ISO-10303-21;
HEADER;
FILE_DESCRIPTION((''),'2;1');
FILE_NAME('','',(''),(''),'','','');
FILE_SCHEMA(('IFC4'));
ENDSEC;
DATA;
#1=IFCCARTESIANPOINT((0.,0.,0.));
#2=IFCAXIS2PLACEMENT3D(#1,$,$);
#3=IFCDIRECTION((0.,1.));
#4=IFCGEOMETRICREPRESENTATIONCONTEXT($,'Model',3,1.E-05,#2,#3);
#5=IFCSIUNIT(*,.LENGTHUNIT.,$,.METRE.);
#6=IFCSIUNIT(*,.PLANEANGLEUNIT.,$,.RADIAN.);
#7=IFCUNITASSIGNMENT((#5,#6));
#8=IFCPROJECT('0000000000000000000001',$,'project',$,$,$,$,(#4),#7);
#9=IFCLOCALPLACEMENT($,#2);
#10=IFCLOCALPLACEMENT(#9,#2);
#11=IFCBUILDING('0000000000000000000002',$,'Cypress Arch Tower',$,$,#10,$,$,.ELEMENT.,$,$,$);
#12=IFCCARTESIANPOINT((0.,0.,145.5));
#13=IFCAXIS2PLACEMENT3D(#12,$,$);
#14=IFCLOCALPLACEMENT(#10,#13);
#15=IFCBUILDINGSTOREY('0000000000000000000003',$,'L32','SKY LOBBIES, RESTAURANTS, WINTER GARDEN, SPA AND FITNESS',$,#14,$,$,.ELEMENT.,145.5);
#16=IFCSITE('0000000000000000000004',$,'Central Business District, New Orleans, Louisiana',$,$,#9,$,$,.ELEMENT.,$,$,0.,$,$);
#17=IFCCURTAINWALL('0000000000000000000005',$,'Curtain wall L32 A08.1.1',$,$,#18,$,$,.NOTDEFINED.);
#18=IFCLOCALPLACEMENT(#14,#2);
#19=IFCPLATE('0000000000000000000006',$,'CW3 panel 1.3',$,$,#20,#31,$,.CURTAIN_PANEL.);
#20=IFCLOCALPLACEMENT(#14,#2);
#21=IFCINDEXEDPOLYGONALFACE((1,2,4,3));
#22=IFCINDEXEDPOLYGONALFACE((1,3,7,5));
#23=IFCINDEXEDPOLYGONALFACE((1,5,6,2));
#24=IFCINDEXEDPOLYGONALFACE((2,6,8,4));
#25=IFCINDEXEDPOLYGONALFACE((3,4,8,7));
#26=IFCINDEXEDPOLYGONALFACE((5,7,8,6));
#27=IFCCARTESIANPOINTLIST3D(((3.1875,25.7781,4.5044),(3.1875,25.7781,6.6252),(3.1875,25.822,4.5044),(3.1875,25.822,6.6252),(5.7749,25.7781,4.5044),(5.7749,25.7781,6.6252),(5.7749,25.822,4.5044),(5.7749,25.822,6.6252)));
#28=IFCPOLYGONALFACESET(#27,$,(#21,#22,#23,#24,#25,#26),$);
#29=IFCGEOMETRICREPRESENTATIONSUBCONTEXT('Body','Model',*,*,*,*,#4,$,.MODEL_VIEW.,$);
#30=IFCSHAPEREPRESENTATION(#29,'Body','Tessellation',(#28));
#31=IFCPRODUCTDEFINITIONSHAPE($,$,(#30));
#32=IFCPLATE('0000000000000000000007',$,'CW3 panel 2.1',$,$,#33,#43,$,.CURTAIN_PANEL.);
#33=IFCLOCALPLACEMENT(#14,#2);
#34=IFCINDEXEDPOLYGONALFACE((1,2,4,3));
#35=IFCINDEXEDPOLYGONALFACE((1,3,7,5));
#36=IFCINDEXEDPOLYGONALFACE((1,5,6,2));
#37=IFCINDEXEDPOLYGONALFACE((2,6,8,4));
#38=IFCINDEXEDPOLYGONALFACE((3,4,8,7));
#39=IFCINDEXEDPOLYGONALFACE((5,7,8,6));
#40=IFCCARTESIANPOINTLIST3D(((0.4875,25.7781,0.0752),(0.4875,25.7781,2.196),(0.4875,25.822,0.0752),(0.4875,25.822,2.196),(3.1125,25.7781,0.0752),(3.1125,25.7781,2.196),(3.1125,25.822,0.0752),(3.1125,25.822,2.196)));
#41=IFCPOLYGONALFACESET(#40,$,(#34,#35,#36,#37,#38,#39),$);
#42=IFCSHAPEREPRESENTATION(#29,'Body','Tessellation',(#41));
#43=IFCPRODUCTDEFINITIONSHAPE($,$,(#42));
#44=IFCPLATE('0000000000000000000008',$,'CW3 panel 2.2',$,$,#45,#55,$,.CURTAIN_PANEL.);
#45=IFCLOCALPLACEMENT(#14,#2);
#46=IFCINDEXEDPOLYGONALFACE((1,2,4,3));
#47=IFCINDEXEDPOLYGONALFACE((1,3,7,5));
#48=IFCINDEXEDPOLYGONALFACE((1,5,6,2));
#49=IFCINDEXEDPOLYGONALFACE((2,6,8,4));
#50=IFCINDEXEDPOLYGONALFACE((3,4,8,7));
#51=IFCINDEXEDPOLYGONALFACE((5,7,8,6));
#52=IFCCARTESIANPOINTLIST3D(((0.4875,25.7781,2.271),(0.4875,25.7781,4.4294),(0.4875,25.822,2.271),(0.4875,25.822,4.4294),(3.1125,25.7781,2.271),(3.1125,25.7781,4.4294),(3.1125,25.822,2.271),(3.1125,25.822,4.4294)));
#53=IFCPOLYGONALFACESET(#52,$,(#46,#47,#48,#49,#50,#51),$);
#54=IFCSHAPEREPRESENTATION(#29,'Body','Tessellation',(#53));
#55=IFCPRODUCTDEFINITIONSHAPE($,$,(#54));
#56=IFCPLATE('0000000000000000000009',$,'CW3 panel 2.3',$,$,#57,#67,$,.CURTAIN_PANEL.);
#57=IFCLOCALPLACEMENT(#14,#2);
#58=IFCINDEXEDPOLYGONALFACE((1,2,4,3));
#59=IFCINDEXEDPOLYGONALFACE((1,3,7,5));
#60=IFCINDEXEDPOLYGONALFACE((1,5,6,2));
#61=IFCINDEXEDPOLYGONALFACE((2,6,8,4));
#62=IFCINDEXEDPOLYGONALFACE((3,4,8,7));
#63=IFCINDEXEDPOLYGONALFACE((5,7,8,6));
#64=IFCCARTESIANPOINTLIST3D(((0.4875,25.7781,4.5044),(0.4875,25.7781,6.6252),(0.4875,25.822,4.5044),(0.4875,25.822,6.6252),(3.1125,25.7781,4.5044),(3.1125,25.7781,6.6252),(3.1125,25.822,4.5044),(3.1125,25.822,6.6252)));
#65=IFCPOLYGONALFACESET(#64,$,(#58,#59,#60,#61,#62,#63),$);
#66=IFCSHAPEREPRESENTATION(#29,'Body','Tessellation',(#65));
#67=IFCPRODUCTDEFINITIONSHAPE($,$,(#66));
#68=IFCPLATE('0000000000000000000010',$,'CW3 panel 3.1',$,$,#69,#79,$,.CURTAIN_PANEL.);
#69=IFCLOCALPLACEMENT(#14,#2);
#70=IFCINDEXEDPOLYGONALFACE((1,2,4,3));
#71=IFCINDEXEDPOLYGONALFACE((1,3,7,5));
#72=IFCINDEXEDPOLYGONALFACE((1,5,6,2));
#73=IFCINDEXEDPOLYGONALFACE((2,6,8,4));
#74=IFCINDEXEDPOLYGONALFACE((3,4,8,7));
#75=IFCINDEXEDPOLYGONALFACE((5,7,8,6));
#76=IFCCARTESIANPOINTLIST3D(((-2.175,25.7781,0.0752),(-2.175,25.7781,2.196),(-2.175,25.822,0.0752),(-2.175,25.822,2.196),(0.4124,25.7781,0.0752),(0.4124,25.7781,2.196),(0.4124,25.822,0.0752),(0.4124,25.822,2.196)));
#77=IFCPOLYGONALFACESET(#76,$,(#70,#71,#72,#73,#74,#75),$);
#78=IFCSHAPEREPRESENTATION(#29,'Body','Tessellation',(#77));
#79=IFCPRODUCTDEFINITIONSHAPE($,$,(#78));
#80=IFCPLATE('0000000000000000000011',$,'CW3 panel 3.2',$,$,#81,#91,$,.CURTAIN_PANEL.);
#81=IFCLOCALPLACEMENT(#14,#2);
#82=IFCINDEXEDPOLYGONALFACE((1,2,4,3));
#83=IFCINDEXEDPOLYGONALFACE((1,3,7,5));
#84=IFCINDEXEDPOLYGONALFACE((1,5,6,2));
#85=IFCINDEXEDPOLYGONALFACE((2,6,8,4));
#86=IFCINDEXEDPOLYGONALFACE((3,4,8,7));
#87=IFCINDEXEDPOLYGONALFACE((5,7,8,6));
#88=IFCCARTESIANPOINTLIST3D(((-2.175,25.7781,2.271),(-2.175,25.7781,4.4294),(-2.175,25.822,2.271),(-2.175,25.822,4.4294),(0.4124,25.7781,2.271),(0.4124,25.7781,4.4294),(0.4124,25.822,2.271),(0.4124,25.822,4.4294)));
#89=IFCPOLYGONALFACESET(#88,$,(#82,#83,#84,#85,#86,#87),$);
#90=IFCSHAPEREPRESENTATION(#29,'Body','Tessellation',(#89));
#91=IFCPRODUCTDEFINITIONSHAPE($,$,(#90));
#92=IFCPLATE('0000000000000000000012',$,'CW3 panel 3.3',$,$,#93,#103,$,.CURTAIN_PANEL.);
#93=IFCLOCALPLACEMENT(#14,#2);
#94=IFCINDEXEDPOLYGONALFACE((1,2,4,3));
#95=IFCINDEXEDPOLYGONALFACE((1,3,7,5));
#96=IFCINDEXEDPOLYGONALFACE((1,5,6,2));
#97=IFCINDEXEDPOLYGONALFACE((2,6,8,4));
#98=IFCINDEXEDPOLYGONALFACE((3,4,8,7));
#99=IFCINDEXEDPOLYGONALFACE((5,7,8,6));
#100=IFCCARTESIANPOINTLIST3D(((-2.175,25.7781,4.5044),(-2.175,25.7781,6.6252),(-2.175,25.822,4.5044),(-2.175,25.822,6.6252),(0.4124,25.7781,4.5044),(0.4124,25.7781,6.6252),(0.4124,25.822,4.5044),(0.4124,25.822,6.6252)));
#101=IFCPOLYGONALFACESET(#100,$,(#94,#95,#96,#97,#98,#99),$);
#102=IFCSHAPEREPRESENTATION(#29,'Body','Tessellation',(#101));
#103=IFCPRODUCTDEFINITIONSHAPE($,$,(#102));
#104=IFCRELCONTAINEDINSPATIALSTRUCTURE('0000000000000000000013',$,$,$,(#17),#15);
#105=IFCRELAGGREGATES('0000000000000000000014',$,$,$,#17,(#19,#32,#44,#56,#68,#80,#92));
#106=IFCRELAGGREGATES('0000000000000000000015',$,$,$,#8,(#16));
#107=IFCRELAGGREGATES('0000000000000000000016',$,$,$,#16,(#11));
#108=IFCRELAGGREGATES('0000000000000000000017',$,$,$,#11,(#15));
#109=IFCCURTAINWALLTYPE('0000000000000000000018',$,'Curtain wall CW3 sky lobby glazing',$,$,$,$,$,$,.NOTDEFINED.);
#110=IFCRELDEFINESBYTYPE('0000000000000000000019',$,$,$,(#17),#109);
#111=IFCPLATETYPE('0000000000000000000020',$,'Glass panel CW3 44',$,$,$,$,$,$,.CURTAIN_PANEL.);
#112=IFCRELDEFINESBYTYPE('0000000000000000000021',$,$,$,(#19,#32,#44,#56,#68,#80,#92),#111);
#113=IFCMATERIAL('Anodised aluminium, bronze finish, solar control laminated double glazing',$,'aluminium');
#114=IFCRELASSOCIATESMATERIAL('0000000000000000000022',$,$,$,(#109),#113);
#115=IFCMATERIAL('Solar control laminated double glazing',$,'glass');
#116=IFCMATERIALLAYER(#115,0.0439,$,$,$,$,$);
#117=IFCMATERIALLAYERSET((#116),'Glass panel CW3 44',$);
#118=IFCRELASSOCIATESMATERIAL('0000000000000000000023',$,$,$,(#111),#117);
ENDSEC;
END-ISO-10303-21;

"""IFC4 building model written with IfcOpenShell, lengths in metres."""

from ifc_helpers import new_model, si_unit, direction, frame, origin, origin_2d, place, context, subcontext, project, spatial, rectangle, extrude, material, layer, layer_set, type_object, element, aggregate, save


model = new_model("IFC4")

# Units and contexts
model_context = context("Model", 3, precision=1e-05, world=origin(), true_north=direction((0.0, 1.0)))
body_context = subcontext(model_context, "Body", "Model", "MODEL_VIEW")
ifc_project = project(units=[si_unit("LENGTHUNIT", "METRE"), si_unit("PLANEANGLEUNIT", "RADIAN")], contexts=[model_context])

# Site, building, storey
site_placement = place(None, origin())
site = spatial("IfcSite", under=ifc_project, at=site_placement, Name="Central Business District, New Orleans, Louisiana", CompositionType="ELEMENT", RefElevation=0.0)
building_placement = place(site_placement, origin())
building = spatial("IfcBuilding", under=site, at=building_placement, Name="Cypress Arch Tower", CompositionType="ELEMENT")
storey_placement = place(building_placement, frame((0.0, 0.0, 145.5)))
storey = spatial("IfcBuildingStorey", under=building, at=storey_placement, Name="L32", Description="SKY LOBBIES, RESTAURANTS, WINTER GARDEN, SPA AND FITNESS", CompositionType="ELEMENT", Elevation=145.5)

# Curtain wall, plates
ifc_material_1 = material(Name="Anodised aluminium, bronze finish, solar control laminated double glazing", Category="aluminium")
curtain_wall_type = type_object("IfcCurtainWallType", Name="Curtain wall CW3 sky lobby glazing", PredefinedType="NOTDEFINED", material=ifc_material_1)
curtain_wall_placement = place(storey_placement, origin())
curtain_wall = element("IfcCurtainWall", 1, at=curtain_wall_placement, inside=storey, type_object=curtain_wall_type, Name="Curtain wall L32 A08.1.1", PredefinedType="NOTDEFINED")
ifc_material_2 = material(Name="Solar control laminated double glazing", Category="glass")
ifc_layer = layer(ifc_material_2, 0.0439)
ifc_layer_set = layer_set([ifc_layer], Name="Glass panel CW3 44")
plate_type = type_object("IfcPlateType", Name="Glass panel CW3 44", PredefinedType="CURTAIN_PANEL", material=ifc_layer_set)
plate_1_placement = place(storey_placement, frame((4.4812, 25.8, 4.5044), z_axis=(0.0, 0.0, 1.0), x_axis=(-1.0, 0.0, 0.0)))
plate_1 = element("IfcPlate", 2, at=plate_1_placement, type_object=plate_type, Name="CW3 panel 1.3", PredefinedType="CURTAIN_PANEL", context=body_context, shape_type="SweptSolid", body=[
    extrude(rectangle(XDim=2.5874, YDim=0.0439, at=origin_2d()), origin(), (0.0, 0.0, 1.0), 2.1208),
])
plate_2_placement = place(storey_placement, frame((1.8, 25.8, 0.0752), z_axis=(0.0, 0.0, 1.0), x_axis=(-1.0, 0.0, 0.0)))
plate_2 = element("IfcPlate", 3, at=plate_2_placement, type_object=plate_type, Name="CW3 panel 2.1", PredefinedType="CURTAIN_PANEL", context=body_context, shape_type="SweptSolid", body=[
    extrude(rectangle(XDim=2.625, YDim=0.0439, at=origin_2d()), origin(), (0.0, 0.0, 1.0), 2.1208),
])
plate_3_placement = place(storey_placement, frame((1.8, 25.8, 2.271), z_axis=(0.0, 0.0, 1.0), x_axis=(-1.0, 0.0, 0.0)))
plate_3 = element("IfcPlate", 4, at=plate_3_placement, type_object=plate_type, Name="CW3 panel 2.2", PredefinedType="CURTAIN_PANEL", context=body_context, shape_type="SweptSolid", body=[
    extrude(rectangle(XDim=2.625, YDim=0.0439, at=origin_2d()), origin(), (0.0, 0.0, 1.0), 2.1584),
])
plate_4_placement = place(storey_placement, frame((1.8, 25.8, 4.5044), z_axis=(0.0, 0.0, 1.0), x_axis=(-1.0, 0.0, 0.0)))
plate_4 = element("IfcPlate", 5, at=plate_4_placement, type_object=plate_type, Name="CW3 panel 2.3", PredefinedType="CURTAIN_PANEL", context=body_context, shape_type="SweptSolid", body=[
    extrude(rectangle(XDim=2.625, YDim=0.0439, at=origin_2d()), origin(), (0.0, 0.0, 1.0), 2.1208),
])
plate_5_placement = place(storey_placement, frame((-0.8813, 25.8, 0.0752), z_axis=(0.0, 0.0, 1.0), x_axis=(-1.0, 0.0, 0.0)))
plate_5 = element("IfcPlate", 6, at=plate_5_placement, type_object=plate_type, Name="CW3 panel 3.1", PredefinedType="CURTAIN_PANEL", context=body_context, shape_type="SweptSolid", body=[
    extrude(rectangle(XDim=2.5874, YDim=0.0439, at=origin_2d()), origin(), (0.0, 0.0, 1.0), 2.1208),
])
plate_6_placement = place(storey_placement, frame((-0.8813, 25.8, 2.271), z_axis=(0.0, 0.0, 1.0), x_axis=(-1.0, 0.0, 0.0)))
plate_6 = element("IfcPlate", 7, at=plate_6_placement, type_object=plate_type, Name="CW3 panel 3.2", PredefinedType="CURTAIN_PANEL", context=body_context, shape_type="SweptSolid", body=[
    extrude(rectangle(XDim=2.5874, YDim=0.0439, at=origin_2d()), origin(), (0.0, 0.0, 1.0), 2.1584),
])
plate_7_placement = place(storey_placement, frame((-0.8813, 25.8, 4.5044), z_axis=(0.0, 0.0, 1.0), x_axis=(-1.0, 0.0, 0.0)))
plate_7 = element("IfcPlate", 8, at=plate_7_placement, type_object=plate_type, Name="CW3 panel 3.3", PredefinedType="CURTAIN_PANEL", context=body_context, shape_type="SweptSolid", body=[
    extrude(rectangle(XDim=2.5874, YDim=0.0439, at=origin_2d()), origin(), (0.0, 0.0, 1.0), 2.1208),
])
aggregate(curtain_wall, [plate_1, plate_2, plate_3, plate_4, plate_5, plate_6, plate_7])

save(model, "model.ifc")
